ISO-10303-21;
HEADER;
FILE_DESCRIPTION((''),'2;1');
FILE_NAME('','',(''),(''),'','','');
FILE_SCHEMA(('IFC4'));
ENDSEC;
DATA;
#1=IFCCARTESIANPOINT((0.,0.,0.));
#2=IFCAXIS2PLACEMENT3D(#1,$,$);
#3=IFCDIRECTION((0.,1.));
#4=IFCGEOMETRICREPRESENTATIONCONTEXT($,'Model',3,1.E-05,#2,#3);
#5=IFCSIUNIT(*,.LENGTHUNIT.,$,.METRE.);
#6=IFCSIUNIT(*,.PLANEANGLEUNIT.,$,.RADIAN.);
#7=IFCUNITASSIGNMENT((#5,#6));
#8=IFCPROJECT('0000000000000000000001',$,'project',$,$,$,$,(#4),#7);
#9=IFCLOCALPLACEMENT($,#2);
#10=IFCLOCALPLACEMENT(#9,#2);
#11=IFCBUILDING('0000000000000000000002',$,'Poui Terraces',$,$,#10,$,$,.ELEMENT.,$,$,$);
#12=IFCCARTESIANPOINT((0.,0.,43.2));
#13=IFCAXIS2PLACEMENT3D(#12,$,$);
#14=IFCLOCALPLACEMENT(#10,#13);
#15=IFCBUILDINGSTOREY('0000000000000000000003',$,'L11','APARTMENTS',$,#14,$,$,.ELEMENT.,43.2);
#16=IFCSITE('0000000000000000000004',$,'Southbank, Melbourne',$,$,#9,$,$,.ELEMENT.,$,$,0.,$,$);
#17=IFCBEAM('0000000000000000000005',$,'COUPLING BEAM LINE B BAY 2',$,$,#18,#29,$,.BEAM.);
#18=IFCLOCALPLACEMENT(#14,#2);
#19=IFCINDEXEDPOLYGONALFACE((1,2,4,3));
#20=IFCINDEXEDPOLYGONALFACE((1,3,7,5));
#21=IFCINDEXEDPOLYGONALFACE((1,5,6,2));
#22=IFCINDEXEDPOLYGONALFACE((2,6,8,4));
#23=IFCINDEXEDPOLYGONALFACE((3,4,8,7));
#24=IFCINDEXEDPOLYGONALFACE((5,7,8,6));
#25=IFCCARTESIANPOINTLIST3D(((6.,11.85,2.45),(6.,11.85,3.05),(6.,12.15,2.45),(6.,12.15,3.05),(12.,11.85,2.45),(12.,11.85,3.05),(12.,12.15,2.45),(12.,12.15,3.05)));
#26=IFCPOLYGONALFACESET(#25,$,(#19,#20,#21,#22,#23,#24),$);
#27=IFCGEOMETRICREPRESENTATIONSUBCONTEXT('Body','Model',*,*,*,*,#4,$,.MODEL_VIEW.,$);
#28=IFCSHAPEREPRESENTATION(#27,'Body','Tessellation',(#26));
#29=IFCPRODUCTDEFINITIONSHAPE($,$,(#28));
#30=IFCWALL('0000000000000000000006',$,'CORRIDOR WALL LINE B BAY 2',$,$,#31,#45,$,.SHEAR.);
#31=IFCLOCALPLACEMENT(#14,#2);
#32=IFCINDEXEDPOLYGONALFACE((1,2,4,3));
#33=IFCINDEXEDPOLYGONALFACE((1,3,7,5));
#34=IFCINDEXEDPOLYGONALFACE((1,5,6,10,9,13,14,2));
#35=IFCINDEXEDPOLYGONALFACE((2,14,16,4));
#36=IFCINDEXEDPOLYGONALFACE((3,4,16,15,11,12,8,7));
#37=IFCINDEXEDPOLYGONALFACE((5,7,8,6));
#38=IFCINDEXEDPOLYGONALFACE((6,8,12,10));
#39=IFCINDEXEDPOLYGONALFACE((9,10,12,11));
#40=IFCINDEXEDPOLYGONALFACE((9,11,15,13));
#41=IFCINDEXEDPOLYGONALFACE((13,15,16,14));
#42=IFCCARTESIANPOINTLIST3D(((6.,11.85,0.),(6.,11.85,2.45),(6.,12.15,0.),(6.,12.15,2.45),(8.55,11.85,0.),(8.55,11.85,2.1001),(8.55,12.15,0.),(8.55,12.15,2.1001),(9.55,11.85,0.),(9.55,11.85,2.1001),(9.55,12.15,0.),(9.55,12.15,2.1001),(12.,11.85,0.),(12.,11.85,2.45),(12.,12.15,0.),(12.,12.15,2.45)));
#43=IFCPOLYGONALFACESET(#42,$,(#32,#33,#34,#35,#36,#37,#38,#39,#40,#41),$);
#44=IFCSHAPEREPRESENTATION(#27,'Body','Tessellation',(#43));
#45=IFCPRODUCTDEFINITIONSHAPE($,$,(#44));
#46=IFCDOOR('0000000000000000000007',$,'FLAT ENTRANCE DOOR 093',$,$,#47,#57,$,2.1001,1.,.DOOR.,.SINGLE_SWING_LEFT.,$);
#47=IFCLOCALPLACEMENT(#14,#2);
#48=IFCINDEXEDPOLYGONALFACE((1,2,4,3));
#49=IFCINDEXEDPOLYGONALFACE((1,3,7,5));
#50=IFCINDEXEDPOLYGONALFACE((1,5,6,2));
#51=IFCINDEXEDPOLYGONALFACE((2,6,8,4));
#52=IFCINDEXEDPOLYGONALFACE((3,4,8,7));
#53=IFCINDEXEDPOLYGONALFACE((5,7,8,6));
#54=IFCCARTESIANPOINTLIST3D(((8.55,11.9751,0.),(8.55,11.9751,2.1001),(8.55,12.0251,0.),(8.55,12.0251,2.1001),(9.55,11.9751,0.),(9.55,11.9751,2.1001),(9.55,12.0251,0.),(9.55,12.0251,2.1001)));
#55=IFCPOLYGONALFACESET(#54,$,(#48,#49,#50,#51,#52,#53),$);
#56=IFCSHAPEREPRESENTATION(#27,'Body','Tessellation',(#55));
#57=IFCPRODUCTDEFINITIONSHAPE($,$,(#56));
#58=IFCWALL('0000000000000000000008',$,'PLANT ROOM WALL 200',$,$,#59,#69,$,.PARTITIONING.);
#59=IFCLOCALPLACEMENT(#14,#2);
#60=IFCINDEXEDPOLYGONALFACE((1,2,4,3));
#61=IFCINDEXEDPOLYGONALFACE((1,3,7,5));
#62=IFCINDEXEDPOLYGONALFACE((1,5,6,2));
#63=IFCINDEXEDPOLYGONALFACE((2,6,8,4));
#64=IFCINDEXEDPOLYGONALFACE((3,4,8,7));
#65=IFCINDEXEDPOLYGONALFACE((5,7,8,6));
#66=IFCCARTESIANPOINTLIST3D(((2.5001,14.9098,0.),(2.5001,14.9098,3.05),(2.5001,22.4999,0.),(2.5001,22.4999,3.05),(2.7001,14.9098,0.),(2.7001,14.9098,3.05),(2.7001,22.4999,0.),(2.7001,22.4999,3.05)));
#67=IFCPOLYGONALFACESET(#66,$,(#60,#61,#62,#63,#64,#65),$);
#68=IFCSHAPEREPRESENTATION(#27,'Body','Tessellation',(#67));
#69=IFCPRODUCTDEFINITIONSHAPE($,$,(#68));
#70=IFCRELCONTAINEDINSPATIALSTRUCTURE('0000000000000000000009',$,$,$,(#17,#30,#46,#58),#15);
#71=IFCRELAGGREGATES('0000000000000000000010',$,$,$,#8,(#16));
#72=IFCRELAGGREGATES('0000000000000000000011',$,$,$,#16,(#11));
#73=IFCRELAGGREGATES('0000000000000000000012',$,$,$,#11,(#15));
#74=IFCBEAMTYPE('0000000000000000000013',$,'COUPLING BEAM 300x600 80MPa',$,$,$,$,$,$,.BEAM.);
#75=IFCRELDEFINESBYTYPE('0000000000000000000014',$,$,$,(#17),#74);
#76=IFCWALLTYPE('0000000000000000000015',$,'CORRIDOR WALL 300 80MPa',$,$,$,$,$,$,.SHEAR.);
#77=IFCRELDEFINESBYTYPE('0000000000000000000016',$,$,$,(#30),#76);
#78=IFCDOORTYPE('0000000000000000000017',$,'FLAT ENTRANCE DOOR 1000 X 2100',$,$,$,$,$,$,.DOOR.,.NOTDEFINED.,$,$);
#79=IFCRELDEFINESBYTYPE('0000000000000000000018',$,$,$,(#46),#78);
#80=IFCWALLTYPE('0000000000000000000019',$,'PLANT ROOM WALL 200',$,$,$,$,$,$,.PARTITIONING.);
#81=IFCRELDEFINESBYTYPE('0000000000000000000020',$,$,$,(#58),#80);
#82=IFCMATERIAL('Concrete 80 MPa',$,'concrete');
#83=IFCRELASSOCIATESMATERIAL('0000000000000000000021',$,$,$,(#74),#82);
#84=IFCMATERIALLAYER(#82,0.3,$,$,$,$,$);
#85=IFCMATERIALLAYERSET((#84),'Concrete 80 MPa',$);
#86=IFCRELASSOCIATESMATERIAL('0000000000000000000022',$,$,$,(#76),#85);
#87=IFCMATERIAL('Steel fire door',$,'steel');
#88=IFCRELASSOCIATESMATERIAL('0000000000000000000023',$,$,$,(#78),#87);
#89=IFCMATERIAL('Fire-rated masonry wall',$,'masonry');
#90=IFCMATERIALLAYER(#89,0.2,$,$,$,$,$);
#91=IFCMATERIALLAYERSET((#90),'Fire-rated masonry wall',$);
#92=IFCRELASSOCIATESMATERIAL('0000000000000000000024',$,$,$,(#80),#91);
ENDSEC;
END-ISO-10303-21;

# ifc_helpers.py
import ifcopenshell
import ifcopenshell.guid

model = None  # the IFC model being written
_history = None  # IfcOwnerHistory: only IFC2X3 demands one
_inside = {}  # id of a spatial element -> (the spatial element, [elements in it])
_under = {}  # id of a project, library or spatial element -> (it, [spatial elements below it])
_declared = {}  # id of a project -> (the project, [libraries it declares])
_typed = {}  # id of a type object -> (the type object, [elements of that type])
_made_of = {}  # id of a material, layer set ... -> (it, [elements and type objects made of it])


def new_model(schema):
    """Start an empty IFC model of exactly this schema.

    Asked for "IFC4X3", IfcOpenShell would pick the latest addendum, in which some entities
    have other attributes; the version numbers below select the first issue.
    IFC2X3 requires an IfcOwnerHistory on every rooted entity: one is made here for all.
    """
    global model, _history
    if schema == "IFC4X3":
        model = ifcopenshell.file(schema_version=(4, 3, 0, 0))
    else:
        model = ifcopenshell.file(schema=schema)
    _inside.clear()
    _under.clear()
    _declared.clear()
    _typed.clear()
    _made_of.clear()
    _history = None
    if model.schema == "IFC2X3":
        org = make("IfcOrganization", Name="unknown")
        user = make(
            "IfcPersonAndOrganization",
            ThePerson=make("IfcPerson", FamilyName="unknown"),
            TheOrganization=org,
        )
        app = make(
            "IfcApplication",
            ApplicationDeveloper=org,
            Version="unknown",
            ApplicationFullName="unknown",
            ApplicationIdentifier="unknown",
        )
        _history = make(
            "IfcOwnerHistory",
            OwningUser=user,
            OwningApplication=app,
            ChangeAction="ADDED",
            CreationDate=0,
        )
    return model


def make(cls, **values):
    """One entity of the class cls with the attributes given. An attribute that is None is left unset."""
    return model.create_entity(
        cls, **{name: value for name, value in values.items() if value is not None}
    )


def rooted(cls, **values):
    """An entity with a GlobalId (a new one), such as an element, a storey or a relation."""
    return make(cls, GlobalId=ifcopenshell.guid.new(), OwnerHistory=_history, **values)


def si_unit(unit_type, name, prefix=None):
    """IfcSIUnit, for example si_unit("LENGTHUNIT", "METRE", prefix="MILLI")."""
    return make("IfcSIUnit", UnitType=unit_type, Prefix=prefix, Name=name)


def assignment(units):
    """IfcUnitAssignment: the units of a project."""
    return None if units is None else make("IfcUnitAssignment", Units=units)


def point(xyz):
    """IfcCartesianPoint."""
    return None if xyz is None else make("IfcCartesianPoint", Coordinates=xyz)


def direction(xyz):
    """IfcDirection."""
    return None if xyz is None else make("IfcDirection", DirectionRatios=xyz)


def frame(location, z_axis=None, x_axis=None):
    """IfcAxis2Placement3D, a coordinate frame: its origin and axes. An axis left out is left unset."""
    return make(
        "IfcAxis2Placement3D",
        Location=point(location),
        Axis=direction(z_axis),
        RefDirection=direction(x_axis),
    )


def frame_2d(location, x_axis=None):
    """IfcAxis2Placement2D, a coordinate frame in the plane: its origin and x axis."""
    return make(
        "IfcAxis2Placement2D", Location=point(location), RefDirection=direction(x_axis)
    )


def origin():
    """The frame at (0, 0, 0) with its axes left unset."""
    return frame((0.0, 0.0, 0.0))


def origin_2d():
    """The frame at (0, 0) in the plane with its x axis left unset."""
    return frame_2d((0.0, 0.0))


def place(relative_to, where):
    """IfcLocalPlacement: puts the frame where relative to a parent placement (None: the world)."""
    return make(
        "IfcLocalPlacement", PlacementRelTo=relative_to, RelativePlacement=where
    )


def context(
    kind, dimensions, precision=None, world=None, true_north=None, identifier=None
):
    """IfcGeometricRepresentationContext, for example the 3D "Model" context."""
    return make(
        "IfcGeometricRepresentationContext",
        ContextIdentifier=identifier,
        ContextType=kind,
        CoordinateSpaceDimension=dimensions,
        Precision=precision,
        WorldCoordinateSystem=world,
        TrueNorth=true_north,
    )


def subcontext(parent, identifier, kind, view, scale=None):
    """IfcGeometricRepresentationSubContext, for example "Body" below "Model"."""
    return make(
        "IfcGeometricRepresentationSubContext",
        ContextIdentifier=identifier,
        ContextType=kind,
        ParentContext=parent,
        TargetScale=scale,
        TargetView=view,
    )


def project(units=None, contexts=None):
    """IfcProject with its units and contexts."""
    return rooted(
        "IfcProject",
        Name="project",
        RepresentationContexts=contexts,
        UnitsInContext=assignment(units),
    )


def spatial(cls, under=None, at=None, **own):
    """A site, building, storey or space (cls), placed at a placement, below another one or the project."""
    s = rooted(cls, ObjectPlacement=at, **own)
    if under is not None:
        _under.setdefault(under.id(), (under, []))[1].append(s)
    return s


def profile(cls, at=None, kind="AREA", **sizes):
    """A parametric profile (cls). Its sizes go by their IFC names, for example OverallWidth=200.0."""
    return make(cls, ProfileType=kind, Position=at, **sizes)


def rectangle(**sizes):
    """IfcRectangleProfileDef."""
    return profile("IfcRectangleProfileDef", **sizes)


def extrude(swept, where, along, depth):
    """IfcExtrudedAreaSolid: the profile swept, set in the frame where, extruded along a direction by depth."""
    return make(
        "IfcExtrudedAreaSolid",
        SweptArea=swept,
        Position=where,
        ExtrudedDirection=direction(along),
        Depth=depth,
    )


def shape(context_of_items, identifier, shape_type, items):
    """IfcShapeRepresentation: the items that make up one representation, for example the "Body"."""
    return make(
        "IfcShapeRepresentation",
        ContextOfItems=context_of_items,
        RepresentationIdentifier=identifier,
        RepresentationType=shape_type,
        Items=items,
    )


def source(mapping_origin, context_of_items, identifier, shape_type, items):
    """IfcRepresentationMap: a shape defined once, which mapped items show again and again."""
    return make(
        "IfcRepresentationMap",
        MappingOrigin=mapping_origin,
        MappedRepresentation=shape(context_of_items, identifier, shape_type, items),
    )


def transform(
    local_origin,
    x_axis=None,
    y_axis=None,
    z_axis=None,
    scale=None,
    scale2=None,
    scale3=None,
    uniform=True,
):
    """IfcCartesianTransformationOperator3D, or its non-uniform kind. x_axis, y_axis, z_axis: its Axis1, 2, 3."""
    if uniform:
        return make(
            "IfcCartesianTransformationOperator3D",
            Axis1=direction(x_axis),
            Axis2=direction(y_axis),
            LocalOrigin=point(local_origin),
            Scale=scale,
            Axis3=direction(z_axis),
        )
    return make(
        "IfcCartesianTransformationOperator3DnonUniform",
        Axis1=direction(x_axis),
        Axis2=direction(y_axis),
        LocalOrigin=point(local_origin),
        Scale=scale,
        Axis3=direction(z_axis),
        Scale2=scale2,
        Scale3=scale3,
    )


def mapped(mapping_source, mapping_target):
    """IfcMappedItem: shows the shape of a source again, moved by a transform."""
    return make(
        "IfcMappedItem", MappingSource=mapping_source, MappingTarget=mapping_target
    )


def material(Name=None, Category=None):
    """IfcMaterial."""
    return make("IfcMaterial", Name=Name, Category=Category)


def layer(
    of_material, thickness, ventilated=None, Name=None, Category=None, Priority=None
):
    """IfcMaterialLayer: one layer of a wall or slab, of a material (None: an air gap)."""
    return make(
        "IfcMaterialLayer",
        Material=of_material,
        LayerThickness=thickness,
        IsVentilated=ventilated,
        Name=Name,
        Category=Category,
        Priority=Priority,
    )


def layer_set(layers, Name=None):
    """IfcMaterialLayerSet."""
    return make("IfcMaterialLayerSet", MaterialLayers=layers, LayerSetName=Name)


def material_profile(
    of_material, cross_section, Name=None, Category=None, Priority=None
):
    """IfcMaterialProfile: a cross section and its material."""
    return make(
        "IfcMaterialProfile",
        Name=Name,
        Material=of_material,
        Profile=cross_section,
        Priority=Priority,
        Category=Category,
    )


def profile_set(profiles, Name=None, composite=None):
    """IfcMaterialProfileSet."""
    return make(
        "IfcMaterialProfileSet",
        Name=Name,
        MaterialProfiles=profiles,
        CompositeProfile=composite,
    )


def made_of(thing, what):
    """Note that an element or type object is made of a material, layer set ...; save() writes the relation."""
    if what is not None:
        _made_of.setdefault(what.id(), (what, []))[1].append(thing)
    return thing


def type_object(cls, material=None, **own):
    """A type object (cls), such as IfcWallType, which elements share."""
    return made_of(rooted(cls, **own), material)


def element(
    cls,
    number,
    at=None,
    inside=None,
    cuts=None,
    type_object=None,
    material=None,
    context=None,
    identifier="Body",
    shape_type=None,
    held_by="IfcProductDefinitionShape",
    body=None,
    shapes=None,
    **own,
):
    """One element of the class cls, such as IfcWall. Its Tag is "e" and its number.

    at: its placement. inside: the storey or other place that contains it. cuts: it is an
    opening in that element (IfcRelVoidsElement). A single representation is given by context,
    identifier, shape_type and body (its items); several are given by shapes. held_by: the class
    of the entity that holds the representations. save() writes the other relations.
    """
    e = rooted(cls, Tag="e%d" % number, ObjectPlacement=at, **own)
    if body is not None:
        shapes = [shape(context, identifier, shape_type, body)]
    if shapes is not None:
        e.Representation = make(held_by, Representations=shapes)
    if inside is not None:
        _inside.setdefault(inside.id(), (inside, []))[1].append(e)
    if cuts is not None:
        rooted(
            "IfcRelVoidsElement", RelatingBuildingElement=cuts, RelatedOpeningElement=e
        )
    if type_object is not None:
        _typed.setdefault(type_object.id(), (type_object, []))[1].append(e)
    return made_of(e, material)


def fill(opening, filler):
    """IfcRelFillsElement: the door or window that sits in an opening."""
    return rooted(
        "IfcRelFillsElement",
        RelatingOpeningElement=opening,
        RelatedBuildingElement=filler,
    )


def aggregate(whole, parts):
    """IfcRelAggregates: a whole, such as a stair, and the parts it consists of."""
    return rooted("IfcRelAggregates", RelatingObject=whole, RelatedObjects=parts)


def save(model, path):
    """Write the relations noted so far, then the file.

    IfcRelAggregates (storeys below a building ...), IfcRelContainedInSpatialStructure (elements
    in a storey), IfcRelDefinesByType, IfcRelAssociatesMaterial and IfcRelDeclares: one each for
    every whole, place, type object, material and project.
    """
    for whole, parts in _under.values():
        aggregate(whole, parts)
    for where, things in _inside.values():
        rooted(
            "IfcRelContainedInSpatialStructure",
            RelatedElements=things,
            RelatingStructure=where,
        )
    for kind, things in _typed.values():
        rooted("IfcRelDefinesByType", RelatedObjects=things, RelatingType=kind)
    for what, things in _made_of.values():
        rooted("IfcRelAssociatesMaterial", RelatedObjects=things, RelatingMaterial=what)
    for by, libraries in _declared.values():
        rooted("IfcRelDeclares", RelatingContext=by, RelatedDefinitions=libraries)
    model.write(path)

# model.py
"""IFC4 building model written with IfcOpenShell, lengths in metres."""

from ifc_helpers import new_model, si_unit, direction, frame, frame_2d, origin, origin_2d, place, context, subcontext, project, spatial, rectangle, extrude, source, transform, mapped, material, layer, layer_set, material_profile, profile_set, type_object, element, fill, save


model = new_model("IFC4")

# Units and contexts
model_context = context("Model", 3, precision=1e-05, world=origin(), true_north=direction((0.0, 1.0)))
body_context = subcontext(model_context, "Body", "Model", "MODEL_VIEW")
ifc_project = project(units=[si_unit("LENGTHUNIT", "METRE"), si_unit("PLANEANGLEUNIT", "RADIAN")], contexts=[model_context])

# Site, building, storey
site_placement = place(None, origin())
site = spatial("IfcSite", under=ifc_project, at=site_placement, Name="Southbank, Melbourne", CompositionType="ELEMENT", RefElevation=0.0)
building_placement = place(site_placement, origin())
building = spatial("IfcBuilding", under=site, at=building_placement, Name="Poui Terraces", CompositionType="ELEMENT")
storey_placement = place(building_placement, frame((0.0, 0.0, 43.2)))
storey = spatial("IfcBuildingStorey", under=building, at=storey_placement, Name="L11", Description="APARTMENTS", CompositionType="ELEMENT", Elevation=43.2)

# Beam
ifc_material_1 = material(Name="Concrete 80 MPa", Category="concrete")
ifc_material_profile = material_profile(ifc_material_1, rectangle(XDim=0.3, YDim=0.6001, at=origin_2d()), Name="RC 300x600")
ifc_profile_set = profile_set([ifc_material_profile], Name="Concrete 80 MPa")
beam_type = type_object("IfcBeamType", Name="COUPLING BEAM 300x600 80MPa", PredefinedType="BEAM", material=ifc_profile_set)
shared_shape = source(origin(), body_context, "Body", "SweptSolid", [
    extrude(rectangle(XDim=0.3, YDim=0.6001, at=origin_2d()), origin(), (0.0, 0.0, 1.0), 6.0),
])
beam_placement = place(storey_placement, frame((6.0, 12.0, 2.75), z_axis=(1.0, 0.0, 0.0), x_axis=(0.0, 1.0, 0.0)))
element("IfcBeam", 1, at=beam_placement, inside=storey, type_object=beam_type, Name="COUPLING BEAM LINE B BAY 2", PredefinedType="BEAM", context=body_context, shape_type="MappedRepresentation", body=[
    mapped(shared_shape, transform((0.0, 0.0, 0.0))),
])

# Wall, opening, door
ifc_layer_1 = layer(ifc_material_1, 0.3)
ifc_layer_set_1 = layer_set([ifc_layer_1], Name="Concrete 80 MPa")
wall_type_1 = type_object("IfcWallType", Name="CORRIDOR WALL 300 80MPa", PredefinedType="SHEAR", material=ifc_layer_set_1)
wall_1_placement = place(storey_placement, frame((6.0, 12.0, 0.0), z_axis=(0.0, 0.0, 1.0), x_axis=(1.0, 0.0, 0.0)))
wall_1 = element("IfcWall", 2, at=wall_1_placement, inside=storey, type_object=wall_type_1, Name="CORRIDOR WALL LINE B BAY 2", PredefinedType="SHEAR", context=body_context, shape_type="SweptSolid", body=[
    extrude(rectangle(XDim=6.0, YDim=0.3, at=frame_2d((3.0, 0.0))), origin(), (0.0, 0.0, 1.0), 2.45),
])
opening_1_placement = place(wall_1_placement, frame((2.55, 0.0, 0.0)))
opening_1 = element("IfcOpeningElement", 3, at=opening_1_placement, cuts=wall_1, PredefinedType="OPENING", context=body_context, shape_type="SweptSolid", body=[
    extrude(rectangle(XDim=1.0, YDim=2.1001, at=frame_2d((0.5, 1.05))), frame((0.0, 0.1602, 0.0), z_axis=(0.0, -1.0, 0.0), x_axis=(1.0, 0.0, 0.0)), (0.0, 0.0, 1.0), 0.3201),
])
ifc_material_2 = material(Name="Steel fire door", Category="steel")
door_type_1 = type_object("IfcDoorType", Name="FLAT ENTRANCE DOOR 1000 X 2100", OperationType="NOTDEFINED", PredefinedType="DOOR", material=ifc_material_2)
door_1_placement = place(opening_1_placement, frame((1.0, 0.0, 0.0), z_axis=(0.0, 0.0, 1.0), x_axis=(-1.0, 0.0, 0.0)))
door_1 = element("IfcDoor", 4, at=door_1_placement, inside=storey, type_object=door_type_1, Name="FLAT ENTRANCE DOOR 093", OperationType="SINGLE_SWING_LEFT", OverallHeight=2.1001, OverallWidth=1.0, PredefinedType="DOOR", context=body_context, shape_type="SweptSolid", body=[
    extrude(rectangle(XDim=1.0, YDim=2.1001, at=frame_2d((0.5, 1.05))), frame((0.0, 0.0249, 0.0), z_axis=(0.0, -1.0, 0.0), x_axis=(1.0, 0.0, 0.0)), (0.0, 0.0, 1.0), 0.05),
])
fill(opening_1, door_1)

# Wall
ifc_material_3 = material(Name="Fire-rated masonry wall", Category="masonry")
ifc_layer_2 = layer(ifc_material_3, 0.2)
ifc_layer_set_2 = layer_set([ifc_layer_2], Name="Fire-rated masonry wall")
wall_type_2 = type_object("IfcWallType", Name="PLANT ROOM WALL 200", PredefinedType="PARTITIONING", material=ifc_layer_set_2)
wall_2_placement = place(storey_placement, frame((2.6001, 14.9099, 0.0), z_axis=(0.0, 0.0, 1.0), x_axis=(0.0, 1.0, 0.0)))
element("IfcWall", 5, at=wall_2_placement, inside=storey, type_object=wall_type_2, Name="PLANT ROOM WALL 200", PredefinedType="PARTITIONING", context=body_context, shape_type="SweptSolid", body=[
    extrude(rectangle(XDim=7.5901, YDim=0.2, at=frame_2d((3.7949, 0.0))), origin(), (0.0, 0.0, 1.0), 3.05),
])

save(model, "model.ifc")
